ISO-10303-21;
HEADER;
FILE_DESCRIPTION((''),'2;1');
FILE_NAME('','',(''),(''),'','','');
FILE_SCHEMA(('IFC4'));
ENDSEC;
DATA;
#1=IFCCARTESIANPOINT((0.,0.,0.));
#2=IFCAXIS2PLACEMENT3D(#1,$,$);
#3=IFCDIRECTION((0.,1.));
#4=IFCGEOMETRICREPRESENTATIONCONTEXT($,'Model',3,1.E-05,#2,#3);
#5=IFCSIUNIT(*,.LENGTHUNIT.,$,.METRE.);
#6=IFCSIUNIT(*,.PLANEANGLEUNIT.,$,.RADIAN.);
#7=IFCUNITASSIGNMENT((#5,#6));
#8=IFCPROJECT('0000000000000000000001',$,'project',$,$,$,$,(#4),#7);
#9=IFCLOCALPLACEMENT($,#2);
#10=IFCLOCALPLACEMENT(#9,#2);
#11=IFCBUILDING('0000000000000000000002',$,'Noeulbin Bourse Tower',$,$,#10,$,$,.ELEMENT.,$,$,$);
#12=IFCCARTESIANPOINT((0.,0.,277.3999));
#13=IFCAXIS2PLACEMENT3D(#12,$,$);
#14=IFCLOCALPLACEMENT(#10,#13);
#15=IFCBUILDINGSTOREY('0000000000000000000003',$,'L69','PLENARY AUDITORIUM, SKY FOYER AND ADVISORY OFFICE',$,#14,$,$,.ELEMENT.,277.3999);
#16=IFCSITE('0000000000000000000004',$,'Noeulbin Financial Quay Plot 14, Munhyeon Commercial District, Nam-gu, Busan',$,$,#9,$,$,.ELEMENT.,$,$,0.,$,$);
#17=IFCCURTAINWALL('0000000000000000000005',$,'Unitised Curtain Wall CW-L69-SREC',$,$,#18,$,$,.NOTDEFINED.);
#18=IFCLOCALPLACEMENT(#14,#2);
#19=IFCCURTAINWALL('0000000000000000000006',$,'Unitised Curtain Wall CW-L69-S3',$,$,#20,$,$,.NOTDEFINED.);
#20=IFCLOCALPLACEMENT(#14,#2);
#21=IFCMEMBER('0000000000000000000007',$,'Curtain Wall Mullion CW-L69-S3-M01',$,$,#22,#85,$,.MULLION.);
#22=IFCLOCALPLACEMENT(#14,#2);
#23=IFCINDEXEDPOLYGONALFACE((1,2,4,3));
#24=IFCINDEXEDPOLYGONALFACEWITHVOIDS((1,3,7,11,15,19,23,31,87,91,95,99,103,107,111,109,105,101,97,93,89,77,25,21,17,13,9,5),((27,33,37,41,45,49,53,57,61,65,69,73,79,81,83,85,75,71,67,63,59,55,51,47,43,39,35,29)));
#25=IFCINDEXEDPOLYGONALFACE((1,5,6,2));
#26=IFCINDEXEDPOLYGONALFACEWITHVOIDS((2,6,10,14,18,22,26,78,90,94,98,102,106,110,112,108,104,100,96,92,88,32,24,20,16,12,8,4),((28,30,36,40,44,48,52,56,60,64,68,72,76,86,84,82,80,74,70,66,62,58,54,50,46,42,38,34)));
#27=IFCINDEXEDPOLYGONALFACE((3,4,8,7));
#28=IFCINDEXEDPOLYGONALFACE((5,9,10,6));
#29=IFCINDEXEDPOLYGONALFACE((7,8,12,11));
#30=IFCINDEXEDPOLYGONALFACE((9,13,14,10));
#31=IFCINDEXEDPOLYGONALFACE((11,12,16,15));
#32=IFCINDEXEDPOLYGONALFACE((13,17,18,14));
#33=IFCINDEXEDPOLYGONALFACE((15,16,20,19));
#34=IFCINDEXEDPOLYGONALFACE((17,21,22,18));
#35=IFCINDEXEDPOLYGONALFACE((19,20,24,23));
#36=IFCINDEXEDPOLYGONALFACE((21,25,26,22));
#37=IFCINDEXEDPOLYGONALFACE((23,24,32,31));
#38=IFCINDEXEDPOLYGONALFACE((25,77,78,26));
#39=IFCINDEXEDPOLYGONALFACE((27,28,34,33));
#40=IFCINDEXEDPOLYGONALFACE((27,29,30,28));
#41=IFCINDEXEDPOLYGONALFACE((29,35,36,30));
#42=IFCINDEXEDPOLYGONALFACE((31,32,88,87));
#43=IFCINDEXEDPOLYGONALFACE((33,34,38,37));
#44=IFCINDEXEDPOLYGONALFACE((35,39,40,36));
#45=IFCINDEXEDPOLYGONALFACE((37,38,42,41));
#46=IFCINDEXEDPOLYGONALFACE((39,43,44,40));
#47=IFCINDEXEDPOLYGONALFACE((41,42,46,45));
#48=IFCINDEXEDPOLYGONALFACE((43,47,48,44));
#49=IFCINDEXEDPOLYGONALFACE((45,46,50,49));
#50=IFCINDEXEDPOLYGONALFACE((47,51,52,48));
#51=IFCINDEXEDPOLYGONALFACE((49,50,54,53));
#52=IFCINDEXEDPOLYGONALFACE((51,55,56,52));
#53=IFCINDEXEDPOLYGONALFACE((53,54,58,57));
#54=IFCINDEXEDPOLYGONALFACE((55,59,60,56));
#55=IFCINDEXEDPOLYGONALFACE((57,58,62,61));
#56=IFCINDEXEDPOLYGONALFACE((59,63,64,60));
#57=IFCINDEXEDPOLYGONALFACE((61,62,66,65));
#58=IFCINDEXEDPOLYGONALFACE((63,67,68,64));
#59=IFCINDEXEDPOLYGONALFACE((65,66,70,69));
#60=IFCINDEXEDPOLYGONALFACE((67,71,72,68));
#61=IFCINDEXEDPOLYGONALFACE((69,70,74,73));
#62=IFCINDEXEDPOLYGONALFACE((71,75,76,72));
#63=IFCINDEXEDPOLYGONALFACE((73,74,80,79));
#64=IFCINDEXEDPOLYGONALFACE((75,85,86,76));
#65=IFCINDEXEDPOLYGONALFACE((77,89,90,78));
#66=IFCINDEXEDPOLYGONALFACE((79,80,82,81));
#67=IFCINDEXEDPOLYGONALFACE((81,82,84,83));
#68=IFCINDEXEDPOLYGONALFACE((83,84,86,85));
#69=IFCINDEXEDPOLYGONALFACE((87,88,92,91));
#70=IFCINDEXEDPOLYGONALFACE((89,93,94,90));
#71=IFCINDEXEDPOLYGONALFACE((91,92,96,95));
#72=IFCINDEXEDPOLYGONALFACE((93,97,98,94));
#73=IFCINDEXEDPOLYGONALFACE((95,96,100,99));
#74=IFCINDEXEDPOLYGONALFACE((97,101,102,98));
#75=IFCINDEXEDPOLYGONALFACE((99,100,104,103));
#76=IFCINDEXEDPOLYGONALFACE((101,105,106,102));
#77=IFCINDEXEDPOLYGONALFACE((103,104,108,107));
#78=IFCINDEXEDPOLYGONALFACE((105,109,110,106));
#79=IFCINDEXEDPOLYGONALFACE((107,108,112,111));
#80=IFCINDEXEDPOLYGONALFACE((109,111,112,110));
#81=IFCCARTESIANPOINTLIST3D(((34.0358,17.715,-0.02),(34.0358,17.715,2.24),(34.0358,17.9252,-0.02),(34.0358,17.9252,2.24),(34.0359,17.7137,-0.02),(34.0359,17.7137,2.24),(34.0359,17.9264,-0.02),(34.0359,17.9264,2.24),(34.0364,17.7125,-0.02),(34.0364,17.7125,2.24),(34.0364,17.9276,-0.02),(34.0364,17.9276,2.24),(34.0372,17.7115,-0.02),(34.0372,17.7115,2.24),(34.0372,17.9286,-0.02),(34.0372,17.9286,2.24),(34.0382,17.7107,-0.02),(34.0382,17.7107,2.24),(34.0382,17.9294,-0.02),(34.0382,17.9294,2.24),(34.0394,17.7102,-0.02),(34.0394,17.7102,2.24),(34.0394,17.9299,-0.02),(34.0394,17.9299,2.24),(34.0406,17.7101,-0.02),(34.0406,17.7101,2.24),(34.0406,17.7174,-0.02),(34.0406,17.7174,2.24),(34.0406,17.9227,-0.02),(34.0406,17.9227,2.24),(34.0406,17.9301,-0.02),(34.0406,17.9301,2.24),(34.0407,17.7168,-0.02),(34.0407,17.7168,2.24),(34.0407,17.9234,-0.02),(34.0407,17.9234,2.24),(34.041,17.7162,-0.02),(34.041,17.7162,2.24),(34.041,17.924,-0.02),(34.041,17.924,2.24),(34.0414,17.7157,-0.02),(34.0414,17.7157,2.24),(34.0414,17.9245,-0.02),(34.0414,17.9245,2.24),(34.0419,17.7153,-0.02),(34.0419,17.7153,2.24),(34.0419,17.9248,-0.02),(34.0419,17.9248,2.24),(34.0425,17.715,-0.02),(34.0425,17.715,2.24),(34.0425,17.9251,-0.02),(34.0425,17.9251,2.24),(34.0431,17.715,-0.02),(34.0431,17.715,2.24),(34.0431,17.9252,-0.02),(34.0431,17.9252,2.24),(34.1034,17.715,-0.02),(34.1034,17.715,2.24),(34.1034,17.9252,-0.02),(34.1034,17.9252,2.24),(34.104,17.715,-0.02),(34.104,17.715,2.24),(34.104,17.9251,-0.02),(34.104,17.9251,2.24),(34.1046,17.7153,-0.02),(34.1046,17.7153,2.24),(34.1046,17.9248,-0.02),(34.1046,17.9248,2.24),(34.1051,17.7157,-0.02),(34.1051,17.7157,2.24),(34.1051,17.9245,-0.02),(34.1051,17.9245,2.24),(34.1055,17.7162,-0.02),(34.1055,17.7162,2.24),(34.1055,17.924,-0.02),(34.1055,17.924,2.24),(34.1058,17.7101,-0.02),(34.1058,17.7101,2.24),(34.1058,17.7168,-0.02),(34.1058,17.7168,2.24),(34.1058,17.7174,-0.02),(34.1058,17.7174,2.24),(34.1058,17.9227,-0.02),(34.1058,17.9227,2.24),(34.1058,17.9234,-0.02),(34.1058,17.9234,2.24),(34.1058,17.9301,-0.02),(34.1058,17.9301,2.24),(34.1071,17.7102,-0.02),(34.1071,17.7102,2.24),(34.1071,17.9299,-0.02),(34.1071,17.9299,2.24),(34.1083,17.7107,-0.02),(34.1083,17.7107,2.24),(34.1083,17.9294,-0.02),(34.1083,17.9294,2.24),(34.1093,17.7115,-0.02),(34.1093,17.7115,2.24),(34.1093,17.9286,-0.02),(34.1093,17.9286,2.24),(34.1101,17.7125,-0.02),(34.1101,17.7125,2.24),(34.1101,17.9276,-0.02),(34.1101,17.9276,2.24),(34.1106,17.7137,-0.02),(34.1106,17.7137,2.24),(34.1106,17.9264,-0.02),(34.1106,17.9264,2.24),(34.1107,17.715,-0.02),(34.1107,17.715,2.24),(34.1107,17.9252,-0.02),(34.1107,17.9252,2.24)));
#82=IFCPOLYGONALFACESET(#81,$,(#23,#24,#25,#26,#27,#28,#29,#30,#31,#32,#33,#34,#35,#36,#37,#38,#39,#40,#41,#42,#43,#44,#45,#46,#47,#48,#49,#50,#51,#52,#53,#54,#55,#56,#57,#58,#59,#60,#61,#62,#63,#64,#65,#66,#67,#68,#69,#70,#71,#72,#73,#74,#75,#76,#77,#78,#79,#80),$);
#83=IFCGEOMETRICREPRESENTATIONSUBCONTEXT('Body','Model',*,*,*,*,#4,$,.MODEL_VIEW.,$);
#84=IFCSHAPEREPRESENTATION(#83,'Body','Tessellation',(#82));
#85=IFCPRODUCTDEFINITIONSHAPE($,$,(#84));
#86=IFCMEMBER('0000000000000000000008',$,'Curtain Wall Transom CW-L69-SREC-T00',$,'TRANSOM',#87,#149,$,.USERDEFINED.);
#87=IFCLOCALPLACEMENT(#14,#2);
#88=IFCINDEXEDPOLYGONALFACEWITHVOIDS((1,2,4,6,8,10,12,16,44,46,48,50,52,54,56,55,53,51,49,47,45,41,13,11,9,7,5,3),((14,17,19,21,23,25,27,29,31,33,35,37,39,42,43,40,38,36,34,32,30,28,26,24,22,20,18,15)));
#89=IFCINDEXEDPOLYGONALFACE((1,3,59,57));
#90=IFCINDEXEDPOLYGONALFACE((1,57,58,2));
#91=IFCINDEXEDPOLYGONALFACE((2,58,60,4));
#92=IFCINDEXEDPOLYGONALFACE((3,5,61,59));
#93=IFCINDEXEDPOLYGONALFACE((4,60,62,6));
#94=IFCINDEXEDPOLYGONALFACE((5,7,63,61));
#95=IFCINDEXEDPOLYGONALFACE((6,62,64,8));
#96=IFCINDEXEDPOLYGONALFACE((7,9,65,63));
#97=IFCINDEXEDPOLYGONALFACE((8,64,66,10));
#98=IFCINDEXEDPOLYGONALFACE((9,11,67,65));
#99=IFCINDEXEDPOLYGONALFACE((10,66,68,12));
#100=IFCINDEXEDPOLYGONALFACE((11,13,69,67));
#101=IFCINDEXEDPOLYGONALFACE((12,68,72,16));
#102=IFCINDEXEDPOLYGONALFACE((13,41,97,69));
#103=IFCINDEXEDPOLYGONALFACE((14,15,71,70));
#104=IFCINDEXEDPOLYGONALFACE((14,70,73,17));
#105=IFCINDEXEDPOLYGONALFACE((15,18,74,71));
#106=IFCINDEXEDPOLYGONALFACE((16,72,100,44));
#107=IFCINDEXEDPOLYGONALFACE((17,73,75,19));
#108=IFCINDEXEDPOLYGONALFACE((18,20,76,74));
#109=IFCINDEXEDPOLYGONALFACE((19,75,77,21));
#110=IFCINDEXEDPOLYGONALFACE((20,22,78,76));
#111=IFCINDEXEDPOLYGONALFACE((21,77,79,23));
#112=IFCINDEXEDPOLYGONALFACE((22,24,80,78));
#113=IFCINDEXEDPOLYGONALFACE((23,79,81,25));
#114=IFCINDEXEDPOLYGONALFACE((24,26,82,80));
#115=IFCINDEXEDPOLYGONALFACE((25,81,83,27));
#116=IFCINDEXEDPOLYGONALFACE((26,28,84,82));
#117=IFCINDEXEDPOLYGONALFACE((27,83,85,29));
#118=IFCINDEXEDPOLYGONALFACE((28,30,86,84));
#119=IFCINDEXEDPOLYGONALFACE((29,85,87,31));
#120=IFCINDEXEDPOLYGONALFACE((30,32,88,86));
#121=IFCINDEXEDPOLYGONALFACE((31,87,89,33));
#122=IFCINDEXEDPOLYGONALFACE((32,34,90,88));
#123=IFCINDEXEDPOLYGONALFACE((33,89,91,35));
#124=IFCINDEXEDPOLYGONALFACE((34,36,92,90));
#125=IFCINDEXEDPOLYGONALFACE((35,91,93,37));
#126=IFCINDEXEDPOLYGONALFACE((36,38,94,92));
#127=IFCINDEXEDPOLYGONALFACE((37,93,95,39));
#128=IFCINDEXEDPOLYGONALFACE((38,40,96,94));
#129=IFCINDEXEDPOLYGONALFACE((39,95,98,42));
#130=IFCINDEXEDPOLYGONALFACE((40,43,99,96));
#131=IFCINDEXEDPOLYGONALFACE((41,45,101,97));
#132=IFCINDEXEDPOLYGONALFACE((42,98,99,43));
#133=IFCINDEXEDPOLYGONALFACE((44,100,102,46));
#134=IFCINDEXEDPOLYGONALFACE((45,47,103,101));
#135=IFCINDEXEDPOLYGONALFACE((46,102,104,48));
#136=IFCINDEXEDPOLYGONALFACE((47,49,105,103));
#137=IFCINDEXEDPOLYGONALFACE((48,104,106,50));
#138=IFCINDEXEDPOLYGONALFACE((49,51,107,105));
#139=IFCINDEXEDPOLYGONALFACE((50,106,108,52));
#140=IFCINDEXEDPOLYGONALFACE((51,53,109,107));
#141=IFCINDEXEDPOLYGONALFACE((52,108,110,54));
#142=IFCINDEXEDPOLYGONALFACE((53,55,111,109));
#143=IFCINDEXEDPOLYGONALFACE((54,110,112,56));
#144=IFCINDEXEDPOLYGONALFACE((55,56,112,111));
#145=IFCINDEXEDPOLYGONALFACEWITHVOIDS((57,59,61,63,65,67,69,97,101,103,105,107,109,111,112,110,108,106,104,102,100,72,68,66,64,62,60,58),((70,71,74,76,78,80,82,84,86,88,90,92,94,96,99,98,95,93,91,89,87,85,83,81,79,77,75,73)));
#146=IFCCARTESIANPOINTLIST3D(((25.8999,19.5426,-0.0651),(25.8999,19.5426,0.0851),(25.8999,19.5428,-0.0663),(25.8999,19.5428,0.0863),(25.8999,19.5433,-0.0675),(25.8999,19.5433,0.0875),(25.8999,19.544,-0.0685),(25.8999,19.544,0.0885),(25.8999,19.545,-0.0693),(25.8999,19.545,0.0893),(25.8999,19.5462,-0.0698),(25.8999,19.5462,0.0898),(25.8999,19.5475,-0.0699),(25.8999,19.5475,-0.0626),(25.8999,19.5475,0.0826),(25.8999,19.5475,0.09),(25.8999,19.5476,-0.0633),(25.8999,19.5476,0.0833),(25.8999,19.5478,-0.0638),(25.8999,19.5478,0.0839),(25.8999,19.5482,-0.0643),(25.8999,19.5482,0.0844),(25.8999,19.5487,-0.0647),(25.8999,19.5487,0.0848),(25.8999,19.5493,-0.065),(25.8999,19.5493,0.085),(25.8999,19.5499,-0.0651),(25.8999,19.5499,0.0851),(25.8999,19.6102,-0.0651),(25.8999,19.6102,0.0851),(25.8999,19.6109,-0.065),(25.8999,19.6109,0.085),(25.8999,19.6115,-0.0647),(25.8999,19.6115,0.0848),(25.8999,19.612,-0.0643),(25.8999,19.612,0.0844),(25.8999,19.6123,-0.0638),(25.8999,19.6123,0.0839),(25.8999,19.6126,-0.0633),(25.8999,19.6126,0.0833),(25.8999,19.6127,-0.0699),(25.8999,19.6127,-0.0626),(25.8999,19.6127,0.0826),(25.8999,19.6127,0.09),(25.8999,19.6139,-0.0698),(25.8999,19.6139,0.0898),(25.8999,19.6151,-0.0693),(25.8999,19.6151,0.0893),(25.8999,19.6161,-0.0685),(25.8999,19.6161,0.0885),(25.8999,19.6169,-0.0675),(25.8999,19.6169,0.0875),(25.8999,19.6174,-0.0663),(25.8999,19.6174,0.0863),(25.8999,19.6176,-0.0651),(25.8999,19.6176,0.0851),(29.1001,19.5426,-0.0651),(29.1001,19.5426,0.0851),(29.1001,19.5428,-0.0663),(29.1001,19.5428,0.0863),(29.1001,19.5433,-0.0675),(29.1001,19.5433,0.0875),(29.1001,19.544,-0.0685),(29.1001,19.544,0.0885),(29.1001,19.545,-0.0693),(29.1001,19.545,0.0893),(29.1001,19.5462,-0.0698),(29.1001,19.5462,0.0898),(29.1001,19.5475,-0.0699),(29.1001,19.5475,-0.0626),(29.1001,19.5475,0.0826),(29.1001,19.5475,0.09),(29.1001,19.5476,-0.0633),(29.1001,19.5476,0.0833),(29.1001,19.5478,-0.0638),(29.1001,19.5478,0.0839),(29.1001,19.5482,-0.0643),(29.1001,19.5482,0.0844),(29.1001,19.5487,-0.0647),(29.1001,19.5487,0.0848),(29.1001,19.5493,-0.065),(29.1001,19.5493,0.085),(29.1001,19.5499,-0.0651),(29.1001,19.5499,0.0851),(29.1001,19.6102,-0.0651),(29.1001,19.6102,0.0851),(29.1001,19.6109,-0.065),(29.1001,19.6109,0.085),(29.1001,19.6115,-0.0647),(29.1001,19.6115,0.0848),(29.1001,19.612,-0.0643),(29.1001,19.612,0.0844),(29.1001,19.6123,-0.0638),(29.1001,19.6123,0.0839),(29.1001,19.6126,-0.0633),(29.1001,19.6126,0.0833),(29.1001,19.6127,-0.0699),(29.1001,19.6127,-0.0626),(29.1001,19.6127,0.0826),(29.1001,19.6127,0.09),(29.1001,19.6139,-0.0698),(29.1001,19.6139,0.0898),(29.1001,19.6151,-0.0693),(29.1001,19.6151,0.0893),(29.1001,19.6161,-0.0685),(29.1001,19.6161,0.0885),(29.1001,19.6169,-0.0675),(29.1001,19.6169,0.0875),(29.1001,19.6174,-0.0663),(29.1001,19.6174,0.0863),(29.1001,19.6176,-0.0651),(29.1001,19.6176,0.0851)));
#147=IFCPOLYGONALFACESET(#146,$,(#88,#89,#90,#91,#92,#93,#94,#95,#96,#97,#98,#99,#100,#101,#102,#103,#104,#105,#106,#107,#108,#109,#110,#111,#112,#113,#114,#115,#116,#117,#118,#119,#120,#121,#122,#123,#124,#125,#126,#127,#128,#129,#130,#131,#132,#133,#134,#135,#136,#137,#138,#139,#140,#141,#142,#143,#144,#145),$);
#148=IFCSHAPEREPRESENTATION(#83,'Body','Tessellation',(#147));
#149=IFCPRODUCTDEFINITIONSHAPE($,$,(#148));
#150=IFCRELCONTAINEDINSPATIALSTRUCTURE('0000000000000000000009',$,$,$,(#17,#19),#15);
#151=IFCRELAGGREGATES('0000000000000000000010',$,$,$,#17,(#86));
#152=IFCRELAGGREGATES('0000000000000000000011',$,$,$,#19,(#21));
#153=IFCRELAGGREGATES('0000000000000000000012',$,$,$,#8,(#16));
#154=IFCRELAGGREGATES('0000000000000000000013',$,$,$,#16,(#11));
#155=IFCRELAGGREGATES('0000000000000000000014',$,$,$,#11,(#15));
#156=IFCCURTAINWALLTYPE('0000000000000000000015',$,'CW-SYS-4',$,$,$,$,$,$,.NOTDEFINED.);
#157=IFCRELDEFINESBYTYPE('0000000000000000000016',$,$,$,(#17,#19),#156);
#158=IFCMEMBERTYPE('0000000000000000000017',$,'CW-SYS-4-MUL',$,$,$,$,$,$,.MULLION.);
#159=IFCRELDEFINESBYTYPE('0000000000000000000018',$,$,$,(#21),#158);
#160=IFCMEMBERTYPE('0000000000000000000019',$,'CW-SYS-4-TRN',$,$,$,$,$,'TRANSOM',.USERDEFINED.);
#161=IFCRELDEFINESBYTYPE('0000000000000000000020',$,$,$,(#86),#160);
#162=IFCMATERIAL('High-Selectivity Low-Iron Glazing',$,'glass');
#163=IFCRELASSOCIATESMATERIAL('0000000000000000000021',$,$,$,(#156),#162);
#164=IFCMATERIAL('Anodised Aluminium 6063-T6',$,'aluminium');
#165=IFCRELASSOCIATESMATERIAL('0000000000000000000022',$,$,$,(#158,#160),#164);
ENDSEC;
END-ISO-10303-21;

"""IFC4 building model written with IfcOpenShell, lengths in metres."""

from ifc_helpers import new_model, si_unit, direction, frame, origin, origin_2d, place, context, subcontext, project, spatial, hollow_rectangle, extrude, material, material_profile, profile_set, type_object, element, aggregate, save


model = new_model("IFC4")

# Units and contexts
model_context = context("Model", 3, precision=1e-05, world=origin(), true_north=direction((0.0, 1.0)))
body_context = subcontext(model_context, "Body", "Model", "MODEL_VIEW")
ifc_project = project(units=[si_unit("LENGTHUNIT", "METRE"), si_unit("PLANEANGLEUNIT", "RADIAN")], contexts=[model_context])

# Site, building, storey
site_placement = place(None, origin())
site = spatial("IfcSite", under=ifc_project, at=site_placement, Name="Noeulbin Financial Quay Plot 14, Munhyeon Commercial District, Nam-gu, Busan", CompositionType="ELEMENT", RefElevation=0.0)
building_placement = place(site_placement, origin())
building = spatial("IfcBuilding", under=site, at=building_placement, Name="Noeulbin Bourse Tower", CompositionType="ELEMENT")
storey_placement = place(building_placement, frame((0.0, 0.0, 277.3999)))
storey = spatial("IfcBuildingStorey", under=building, at=storey_placement, Name="L69", Description="PLENARY AUDITORIUM, SKY FOYER AND ADVISORY OFFICE", CompositionType="ELEMENT", Elevation=277.3999)

# Curtain wall
ifc_material_1 = material(Name="High-Selectivity Low-Iron Glazing", Category="glass")
curtain_wall_type = type_object("IfcCurtainWallType", Name="CW-SYS-4", PredefinedType="NOTDEFINED", material=ifc_material_1)
curtain_wall_1_placement = place(storey_placement, origin())
curtain_wall_1 = element("IfcCurtainWall", 1, at=curtain_wall_1_placement, inside=storey, type_object=curtain_wall_type, Name="Unitised Curtain Wall CW-L69-SREC", PredefinedType="NOTDEFINED")
ifc_material_2 = material(Name="Anodised Aluminium 6063-T6", Category="aluminium")
ifc_material_profile_1 = material_profile(ifc_material_2, hollow_rectangle(XDim=0.075, YDim=0.22, WallThickness=0.0049, InnerFilletRadius=0.0024, OuterFilletRadius=0.0049, at=origin_2d()), Name="ALU-MULL-75x220x5", Category="LoadBearing")
ifc_profile_set_1 = profile_set([ifc_material_profile_1], Name="Anodised Aluminium 6063-T6")
member_type_1 = type_object("IfcMemberType", Name="CW-SYS-4-MUL", PredefinedType="MULLION", material=ifc_profile_set_1)

# Curtain wall, member
curtain_wall_2_placement = place(storey_placement, origin())
curtain_wall_2 = element("IfcCurtainWall", 2, at=curtain_wall_2_placement, inside=storey, type_object=curtain_wall_type, Name="Unitised Curtain Wall CW-L69-S3", PredefinedType="NOTDEFINED")
member_1_placement = place(storey_placement, frame((34.0732, 17.8201, -0.02), z_axis=(0.0, 0.0, 1.0), x_axis=(1.0, 0.0, 0.0)))
member_1 = element("IfcMember", 3, at=member_1_placement, type_object=member_type_1, Name="Curtain Wall Mullion CW-L69-S3-M01", PredefinedType="MULLION", context=body_context, shape_type="SweptSolid", body=[
    extrude(hollow_rectangle(XDim=0.075, YDim=0.22, WallThickness=0.0049, InnerFilletRadius=0.0024, OuterFilletRadius=0.0049, at=origin_2d()), origin(), (0.0, 0.0, 1.0), 2.26),
])

# Member
ifc_material_profile_2 = material_profile(ifc_material_2, hollow_rectangle(XDim=0.075, YDim=0.1599, WallThickness=0.0049, InnerFilletRadius=0.0024, OuterFilletRadius=0.0049, at=origin_2d()), Name="ALU-TRAN-75x160x5", Category="LoadBearing")
ifc_profile_set_2 = profile_set([ifc_material_profile_2], Name="Anodised Aluminium 6063-T6")
member_type_2 = type_object("IfcMemberType", Name="CW-SYS-4-TRN", ElementType="TRANSOM", PredefinedType="USERDEFINED", material=ifc_profile_set_2)
member_2_placement = place(storey_placement, frame((25.8999, 19.5801, 0.01), z_axis=(1.0, 0.0, 0.0), x_axis=(0.0, 1.0, 0.0)))
member_2 = element("IfcMember", 4, at=member_2_placement, type_object=member_type_2, Name="Curtain Wall Transom CW-L69-SREC-T00", ObjectType="TRANSOM", PredefinedType="USERDEFINED", context=body_context, shape_type="SweptSolid", body=[
    extrude(hollow_rectangle(XDim=0.075, YDim=0.1599, WallThickness=0.0049, InnerFilletRadius=0.0024, OuterFilletRadius=0.0049, at=origin_2d()), origin(), (0.0, 0.0, 1.0), 3.2002),
])

aggregate(curtain_wall_1, [member_2])
aggregate(curtain_wall_2, [member_1])

save(model, "model.ifc")
